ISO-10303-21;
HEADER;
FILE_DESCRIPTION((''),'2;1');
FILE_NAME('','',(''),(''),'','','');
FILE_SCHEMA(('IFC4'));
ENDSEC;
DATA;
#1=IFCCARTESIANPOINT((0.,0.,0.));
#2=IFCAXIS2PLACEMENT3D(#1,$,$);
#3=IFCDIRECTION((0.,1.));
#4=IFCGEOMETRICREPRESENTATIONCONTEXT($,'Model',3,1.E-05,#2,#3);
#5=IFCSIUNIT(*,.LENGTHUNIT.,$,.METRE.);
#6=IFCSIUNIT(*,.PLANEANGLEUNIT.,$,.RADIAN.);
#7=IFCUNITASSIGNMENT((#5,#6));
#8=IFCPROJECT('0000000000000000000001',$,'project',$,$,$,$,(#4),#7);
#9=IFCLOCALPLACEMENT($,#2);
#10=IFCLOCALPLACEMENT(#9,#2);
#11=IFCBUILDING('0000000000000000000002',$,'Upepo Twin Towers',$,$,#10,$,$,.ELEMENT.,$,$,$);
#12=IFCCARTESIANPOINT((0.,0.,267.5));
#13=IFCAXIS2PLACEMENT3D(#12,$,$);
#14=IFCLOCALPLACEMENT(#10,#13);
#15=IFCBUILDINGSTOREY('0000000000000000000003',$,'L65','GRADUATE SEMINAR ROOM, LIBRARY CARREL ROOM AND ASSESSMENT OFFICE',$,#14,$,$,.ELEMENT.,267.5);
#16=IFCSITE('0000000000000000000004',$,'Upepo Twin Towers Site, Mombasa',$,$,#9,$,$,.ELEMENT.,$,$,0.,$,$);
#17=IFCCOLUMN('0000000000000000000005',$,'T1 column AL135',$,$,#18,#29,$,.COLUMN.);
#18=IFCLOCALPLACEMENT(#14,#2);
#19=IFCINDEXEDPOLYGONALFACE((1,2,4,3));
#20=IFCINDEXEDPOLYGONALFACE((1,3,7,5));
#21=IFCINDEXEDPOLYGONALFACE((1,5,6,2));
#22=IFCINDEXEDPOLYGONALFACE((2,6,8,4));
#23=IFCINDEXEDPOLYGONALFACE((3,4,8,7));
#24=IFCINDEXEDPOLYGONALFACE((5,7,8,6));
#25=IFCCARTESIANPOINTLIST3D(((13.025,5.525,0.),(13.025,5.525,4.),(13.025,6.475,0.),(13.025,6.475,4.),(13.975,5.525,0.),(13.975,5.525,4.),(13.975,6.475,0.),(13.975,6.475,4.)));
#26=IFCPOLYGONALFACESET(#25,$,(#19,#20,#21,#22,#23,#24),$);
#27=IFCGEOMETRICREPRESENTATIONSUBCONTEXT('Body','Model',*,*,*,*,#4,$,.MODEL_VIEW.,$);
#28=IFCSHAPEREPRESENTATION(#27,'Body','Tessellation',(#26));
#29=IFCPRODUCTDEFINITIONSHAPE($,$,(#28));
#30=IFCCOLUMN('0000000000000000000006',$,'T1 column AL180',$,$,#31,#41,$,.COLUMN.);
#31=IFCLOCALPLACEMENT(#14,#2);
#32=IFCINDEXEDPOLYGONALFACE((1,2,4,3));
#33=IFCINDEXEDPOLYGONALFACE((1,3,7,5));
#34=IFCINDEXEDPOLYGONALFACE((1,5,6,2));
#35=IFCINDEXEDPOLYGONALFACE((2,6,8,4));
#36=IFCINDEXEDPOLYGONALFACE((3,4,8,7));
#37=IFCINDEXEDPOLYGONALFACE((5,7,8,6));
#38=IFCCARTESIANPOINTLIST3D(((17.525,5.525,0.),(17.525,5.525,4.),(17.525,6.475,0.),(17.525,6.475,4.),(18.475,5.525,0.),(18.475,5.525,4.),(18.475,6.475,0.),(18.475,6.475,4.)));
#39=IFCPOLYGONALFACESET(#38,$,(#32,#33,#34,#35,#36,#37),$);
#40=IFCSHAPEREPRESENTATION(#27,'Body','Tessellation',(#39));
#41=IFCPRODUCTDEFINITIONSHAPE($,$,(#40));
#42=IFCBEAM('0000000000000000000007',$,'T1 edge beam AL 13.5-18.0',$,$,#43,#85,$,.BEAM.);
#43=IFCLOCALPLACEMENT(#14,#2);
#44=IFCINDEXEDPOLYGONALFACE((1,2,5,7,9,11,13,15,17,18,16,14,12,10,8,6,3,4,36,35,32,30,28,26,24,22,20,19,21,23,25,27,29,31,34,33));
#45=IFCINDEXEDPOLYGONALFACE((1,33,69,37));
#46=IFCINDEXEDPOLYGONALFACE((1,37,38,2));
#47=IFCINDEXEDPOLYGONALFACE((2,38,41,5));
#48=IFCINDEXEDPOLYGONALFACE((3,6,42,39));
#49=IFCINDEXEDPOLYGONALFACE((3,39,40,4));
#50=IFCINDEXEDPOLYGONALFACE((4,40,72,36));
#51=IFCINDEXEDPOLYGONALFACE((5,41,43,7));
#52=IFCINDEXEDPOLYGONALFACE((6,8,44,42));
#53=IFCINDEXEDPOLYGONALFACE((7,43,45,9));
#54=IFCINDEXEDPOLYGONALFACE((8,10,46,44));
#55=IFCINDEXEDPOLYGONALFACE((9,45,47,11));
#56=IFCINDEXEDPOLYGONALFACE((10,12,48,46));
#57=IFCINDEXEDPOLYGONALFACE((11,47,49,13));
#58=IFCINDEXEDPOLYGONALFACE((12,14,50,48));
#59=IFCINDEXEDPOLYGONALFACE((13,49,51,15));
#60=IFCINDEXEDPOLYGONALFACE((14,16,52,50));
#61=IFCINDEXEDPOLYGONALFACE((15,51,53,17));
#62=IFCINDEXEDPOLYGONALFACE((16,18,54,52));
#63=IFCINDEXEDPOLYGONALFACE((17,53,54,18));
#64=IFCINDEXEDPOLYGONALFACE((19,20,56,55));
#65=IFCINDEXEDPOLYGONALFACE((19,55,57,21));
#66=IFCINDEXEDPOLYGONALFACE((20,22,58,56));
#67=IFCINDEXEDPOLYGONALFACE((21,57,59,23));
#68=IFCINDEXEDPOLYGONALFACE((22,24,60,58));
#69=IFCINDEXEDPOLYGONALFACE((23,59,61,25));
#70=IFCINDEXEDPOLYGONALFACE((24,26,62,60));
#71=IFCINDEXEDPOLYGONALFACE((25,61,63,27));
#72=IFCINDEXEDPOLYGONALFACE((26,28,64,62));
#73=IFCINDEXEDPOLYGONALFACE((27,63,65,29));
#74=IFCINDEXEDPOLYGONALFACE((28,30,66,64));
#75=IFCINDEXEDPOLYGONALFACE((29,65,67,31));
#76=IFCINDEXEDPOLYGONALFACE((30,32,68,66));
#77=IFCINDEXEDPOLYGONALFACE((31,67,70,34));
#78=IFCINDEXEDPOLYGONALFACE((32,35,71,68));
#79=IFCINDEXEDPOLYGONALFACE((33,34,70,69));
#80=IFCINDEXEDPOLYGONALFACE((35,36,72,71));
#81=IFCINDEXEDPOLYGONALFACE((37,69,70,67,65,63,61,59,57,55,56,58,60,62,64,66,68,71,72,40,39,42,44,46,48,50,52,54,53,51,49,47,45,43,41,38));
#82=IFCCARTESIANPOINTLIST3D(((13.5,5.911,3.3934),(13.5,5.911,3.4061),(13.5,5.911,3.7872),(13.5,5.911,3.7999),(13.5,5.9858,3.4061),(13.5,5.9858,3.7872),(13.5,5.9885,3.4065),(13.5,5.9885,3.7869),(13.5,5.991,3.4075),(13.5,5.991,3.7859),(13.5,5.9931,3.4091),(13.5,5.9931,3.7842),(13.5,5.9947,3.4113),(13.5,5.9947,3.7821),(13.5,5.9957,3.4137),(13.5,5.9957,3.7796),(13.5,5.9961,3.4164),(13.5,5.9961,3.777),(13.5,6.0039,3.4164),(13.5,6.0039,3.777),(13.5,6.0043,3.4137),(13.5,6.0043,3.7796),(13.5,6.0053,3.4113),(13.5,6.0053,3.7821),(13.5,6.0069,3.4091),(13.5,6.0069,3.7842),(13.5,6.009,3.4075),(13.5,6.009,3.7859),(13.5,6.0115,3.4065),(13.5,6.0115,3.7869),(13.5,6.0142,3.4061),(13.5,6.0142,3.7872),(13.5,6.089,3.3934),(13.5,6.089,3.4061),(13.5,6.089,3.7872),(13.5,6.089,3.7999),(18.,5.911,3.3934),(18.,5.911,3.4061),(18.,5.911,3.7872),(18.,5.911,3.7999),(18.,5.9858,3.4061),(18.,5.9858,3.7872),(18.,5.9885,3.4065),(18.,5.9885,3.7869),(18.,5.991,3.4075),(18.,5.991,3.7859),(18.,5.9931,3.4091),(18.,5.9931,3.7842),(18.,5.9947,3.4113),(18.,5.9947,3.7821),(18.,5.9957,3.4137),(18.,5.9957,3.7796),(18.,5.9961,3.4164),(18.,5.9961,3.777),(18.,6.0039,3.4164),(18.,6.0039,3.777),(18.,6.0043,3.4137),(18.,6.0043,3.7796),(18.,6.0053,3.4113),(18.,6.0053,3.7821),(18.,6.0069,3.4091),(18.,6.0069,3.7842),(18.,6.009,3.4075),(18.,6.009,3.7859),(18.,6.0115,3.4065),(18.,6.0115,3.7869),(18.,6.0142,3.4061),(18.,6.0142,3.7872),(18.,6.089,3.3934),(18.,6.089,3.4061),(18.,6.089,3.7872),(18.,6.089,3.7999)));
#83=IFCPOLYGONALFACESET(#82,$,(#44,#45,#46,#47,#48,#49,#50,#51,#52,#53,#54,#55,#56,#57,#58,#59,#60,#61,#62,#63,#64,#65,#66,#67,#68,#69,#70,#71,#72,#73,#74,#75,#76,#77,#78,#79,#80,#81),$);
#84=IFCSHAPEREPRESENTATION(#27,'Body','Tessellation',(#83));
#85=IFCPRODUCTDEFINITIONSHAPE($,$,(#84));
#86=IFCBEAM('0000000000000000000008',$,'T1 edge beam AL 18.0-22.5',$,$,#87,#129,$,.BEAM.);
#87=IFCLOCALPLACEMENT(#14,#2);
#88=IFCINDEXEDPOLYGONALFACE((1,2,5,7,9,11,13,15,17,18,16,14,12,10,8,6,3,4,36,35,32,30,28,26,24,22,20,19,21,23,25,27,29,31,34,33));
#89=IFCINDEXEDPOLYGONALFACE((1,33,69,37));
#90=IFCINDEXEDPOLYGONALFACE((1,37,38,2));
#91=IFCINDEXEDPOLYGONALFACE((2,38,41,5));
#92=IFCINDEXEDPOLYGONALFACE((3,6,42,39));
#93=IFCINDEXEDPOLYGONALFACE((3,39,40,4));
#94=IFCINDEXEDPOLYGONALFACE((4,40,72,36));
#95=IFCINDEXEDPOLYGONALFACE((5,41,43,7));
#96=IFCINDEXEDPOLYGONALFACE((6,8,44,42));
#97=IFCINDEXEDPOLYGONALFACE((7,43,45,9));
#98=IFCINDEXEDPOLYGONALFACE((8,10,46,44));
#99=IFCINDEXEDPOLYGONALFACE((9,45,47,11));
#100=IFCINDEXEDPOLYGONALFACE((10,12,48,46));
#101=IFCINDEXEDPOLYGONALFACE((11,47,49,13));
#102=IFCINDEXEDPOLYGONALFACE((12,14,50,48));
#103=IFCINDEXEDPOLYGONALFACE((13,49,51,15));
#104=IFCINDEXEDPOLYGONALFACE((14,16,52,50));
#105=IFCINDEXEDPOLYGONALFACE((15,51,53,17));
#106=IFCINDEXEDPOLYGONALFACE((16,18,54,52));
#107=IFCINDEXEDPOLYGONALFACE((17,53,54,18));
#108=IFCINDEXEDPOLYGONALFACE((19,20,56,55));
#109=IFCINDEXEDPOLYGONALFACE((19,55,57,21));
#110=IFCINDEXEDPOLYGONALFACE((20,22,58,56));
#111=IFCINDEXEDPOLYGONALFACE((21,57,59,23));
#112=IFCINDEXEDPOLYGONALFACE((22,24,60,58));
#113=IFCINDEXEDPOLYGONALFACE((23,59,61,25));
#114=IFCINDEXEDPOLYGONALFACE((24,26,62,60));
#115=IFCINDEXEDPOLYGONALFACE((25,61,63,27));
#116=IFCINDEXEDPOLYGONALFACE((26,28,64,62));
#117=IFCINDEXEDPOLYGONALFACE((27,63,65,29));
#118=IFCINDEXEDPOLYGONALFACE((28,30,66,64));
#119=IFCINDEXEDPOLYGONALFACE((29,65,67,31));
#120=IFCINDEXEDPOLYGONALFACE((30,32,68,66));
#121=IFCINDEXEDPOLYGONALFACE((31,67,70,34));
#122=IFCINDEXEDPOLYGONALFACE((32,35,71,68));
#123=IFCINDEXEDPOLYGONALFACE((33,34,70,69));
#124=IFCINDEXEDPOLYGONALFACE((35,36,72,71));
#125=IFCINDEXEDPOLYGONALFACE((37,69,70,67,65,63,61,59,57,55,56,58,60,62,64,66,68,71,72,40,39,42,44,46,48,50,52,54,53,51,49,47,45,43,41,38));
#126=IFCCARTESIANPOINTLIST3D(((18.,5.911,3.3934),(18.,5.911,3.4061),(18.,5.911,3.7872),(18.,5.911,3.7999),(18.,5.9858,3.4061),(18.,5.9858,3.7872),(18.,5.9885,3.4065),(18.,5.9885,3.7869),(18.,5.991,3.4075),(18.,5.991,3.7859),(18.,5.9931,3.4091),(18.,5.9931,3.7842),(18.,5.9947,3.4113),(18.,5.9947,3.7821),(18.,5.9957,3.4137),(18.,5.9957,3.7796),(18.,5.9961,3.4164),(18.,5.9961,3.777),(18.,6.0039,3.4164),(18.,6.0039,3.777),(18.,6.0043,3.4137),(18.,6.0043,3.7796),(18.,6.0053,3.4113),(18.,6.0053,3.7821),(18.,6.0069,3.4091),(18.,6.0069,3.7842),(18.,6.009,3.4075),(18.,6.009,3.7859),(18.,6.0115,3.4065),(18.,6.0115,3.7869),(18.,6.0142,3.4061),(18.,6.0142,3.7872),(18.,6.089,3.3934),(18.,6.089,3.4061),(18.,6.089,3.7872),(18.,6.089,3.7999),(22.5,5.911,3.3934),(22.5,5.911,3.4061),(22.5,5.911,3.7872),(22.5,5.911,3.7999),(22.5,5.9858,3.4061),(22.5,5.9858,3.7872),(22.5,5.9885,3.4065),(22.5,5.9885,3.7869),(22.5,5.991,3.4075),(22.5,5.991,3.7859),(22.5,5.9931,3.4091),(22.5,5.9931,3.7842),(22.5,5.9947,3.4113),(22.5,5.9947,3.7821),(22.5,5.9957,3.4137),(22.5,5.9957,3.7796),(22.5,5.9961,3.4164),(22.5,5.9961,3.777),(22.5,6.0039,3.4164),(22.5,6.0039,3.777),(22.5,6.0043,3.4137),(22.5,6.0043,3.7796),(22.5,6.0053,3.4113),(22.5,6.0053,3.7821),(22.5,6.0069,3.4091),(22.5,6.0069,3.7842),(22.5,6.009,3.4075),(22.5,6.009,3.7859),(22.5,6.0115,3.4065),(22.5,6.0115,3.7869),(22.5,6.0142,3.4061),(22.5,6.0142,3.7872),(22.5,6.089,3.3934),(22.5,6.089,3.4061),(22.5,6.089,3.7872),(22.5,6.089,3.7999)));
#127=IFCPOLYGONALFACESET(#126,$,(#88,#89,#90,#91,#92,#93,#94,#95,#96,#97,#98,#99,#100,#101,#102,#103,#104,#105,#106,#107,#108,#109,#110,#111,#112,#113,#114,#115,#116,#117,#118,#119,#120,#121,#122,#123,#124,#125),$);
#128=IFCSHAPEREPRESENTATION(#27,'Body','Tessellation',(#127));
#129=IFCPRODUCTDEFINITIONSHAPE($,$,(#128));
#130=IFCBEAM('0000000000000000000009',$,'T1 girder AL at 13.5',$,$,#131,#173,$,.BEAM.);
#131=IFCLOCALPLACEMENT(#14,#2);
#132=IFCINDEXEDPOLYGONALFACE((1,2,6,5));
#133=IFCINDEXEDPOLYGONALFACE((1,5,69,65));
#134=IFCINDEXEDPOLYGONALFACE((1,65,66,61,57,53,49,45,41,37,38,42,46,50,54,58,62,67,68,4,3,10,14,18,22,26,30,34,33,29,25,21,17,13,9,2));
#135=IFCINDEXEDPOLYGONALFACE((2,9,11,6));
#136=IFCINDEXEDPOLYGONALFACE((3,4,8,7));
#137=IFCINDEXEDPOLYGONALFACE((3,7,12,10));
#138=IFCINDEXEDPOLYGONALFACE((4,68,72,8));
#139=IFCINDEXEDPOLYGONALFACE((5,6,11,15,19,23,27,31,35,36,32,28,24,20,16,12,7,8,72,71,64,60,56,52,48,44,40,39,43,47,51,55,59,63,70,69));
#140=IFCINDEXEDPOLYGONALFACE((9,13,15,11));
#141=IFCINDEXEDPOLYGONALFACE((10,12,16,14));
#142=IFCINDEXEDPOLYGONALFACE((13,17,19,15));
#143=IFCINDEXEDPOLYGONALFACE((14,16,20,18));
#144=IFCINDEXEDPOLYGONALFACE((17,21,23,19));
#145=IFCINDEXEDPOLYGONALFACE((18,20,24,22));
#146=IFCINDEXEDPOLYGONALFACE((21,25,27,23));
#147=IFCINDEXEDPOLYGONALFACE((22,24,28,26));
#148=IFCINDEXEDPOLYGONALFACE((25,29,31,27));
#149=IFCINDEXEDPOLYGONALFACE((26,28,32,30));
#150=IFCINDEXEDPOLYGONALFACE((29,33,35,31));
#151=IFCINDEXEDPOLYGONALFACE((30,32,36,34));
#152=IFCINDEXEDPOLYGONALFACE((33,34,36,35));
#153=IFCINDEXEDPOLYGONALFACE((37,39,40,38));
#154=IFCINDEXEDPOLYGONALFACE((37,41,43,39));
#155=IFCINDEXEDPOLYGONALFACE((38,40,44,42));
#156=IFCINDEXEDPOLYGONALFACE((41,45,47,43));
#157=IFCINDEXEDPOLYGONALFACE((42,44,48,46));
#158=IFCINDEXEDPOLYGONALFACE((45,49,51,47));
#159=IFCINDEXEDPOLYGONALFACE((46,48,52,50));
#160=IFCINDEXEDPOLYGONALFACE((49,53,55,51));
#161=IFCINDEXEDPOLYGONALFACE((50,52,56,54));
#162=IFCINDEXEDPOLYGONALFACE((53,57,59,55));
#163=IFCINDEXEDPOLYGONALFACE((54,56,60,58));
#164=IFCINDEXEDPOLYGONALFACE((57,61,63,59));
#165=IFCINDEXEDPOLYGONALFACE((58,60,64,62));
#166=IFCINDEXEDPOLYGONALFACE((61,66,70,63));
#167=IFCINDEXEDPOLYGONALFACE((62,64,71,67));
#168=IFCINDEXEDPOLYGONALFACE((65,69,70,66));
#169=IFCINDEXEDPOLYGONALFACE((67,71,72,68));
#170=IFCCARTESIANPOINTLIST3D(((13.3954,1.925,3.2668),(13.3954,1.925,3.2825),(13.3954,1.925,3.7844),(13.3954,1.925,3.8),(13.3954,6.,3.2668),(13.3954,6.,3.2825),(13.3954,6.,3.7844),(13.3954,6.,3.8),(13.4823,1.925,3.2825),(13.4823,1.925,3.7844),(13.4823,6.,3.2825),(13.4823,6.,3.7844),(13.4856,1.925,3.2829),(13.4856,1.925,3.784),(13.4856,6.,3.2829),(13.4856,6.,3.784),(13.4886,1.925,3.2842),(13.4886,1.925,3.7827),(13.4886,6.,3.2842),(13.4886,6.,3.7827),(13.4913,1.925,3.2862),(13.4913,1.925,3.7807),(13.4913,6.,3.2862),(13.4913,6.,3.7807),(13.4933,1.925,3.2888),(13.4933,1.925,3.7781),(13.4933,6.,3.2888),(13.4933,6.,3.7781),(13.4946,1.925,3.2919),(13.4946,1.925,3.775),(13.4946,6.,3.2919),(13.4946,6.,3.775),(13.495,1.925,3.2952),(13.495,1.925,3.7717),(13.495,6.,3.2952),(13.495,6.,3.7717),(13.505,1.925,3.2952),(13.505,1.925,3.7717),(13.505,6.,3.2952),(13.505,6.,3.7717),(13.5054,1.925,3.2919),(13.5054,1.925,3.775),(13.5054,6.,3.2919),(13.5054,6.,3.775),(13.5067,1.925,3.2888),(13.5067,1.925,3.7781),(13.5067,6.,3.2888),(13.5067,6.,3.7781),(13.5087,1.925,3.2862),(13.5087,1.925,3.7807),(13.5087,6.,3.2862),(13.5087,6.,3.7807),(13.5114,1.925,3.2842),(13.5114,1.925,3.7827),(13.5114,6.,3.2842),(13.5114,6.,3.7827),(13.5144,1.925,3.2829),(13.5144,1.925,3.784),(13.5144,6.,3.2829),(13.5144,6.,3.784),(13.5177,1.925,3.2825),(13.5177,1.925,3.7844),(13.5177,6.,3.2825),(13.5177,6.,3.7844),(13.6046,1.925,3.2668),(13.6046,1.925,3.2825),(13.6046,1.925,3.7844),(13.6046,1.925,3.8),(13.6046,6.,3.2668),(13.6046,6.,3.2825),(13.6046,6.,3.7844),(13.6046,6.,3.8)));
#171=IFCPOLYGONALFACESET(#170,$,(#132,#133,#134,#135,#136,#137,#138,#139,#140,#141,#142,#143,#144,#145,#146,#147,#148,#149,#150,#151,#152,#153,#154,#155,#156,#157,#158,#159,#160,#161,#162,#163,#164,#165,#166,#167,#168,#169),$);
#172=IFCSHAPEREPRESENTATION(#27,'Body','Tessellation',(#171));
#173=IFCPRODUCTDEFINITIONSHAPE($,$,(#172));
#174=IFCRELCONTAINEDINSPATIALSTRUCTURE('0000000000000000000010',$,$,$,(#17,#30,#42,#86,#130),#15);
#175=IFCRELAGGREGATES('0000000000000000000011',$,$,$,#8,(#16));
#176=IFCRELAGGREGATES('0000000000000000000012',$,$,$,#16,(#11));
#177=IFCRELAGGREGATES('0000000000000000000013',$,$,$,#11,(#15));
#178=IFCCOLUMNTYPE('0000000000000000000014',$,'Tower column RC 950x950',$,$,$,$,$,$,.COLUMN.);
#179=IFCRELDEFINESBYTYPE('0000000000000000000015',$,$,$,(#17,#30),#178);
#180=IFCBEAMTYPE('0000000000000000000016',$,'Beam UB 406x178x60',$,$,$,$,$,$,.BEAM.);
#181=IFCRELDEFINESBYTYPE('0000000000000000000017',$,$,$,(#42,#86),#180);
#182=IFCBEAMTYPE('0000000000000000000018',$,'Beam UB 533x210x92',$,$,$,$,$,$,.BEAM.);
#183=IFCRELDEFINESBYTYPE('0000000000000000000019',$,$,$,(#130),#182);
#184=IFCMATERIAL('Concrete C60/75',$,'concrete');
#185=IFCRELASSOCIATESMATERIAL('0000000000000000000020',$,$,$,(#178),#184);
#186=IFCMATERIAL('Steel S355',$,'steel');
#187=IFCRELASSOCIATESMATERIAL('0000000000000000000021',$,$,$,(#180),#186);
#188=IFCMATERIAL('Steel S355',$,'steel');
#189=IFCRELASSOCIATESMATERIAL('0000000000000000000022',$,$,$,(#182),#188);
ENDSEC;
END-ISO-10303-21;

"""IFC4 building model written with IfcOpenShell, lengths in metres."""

from ifc_helpers import new_model, si_unit, direction, frame, origin, origin_2d, place, context, subcontext, project, spatial, rectangle, i_section, extrude, material, material_profile, profile_set, type_object, element, save


model = new_model("IFC4")

# Units and contexts
model_context = context("Model", 3, precision=1e-05, world=origin(), true_north=direction((0.0, 1.0)))
body_context = subcontext(model_context, "Body", "Model", "MODEL_VIEW")
ifc_project = project(units=[si_unit("LENGTHUNIT", "METRE"), si_unit("PLANEANGLEUNIT", "RADIAN")], contexts=[model_context])

# Site, building, storey
site_placement = place(None, origin())
site = spatial("IfcSite", under=ifc_project, at=site_placement, Name="Upepo Twin Towers Site, Mombasa", CompositionType="ELEMENT", RefElevation=0.0)
building_placement = place(site_placement, origin())
building = spatial("IfcBuilding", under=site, at=building_placement, Name="Upepo Twin Towers", CompositionType="ELEMENT")
storey_placement = place(building_placement, frame((0.0, 0.0, 267.5)))
storey = spatial("IfcBuildingStorey", under=building, at=storey_placement, Name="L65", Description="GRADUATE SEMINAR ROOM, LIBRARY CARREL ROOM AND ASSESSMENT OFFICE", CompositionType="ELEMENT", Elevation=267.5)

# Columns
ifc_material_1 = material(Name="Concrete C60/75", Category="concrete")
ifc_material_profile_1 = material_profile(ifc_material_1, rectangle(XDim=0.95, YDim=0.95, at=origin_2d()), Name="RC 950x950")
ifc_profile_set_1 = profile_set([ifc_material_profile_1], Name="Concrete C60/75")
column_type = type_object("IfcColumnType", Name="Tower column RC 950x950", PredefinedType="COLUMN", material=ifc_profile_set_1)
for number, where, z_axis, x_axis, name in (
    (1, (13.5, 6.0, 0.0), (0.0, 0.0, 1.0), (1.0, 0.0, 0.0), "T1 column AL135"),
    (2, (18.0, 6.0, 0.0), (0.0, 0.0, 1.0), (1.0, 0.0, 0.0), "T1 column AL180"),
):
    element("IfcColumn", number, at=place(storey_placement, frame(where, z_axis=z_axis, x_axis=x_axis)), inside=storey, type_object=column_type, Name=name, PredefinedType="COLUMN", context=body_context, shape_type="SweptSolid", body=[
        extrude(rectangle(XDim=0.95, YDim=0.95, at=origin_2d()), origin(), (0.0, 0.0, 1.0), 4.0),
    ])

# Beams
ifc_material_2 = material(Name="Steel S355", Category="steel")
ifc_material_profile_2 = material_profile(ifc_material_2, i_section(OverallWidth=0.178, OverallDepth=0.4065, WebThickness=0.0078, FlangeThickness=0.0127, FilletRadius=0.0103, at=origin_2d()), Name="UB 406x178x60")
ifc_profile_set_2 = profile_set([ifc_material_profile_2], Name="Steel S355")
beam_type_1 = type_object("IfcBeamType", Name="Beam UB 406x178x60", PredefinedType="BEAM", material=ifc_profile_set_2)
for number, where, z_axis, x_axis, name in (
    (3, (13.5, 6.0, 3.5967), (1.0, 0.0, 0.0), (0.0, 1.0, 0.0), "T1 edge beam AL 13.5-18.0"),
    (4, (18.0, 6.0, 3.5967), (1.0, 0.0, 0.0), (0.0, 1.0, 0.0), "T1 edge beam AL 18.0-22.5"),
):
    element("IfcBeam", number, at=place(storey_placement, frame(where, z_axis=z_axis, x_axis=x_axis)), inside=storey, type_object=beam_type_1, Name=name, PredefinedType="BEAM", context=body_context, shape_type="SweptSolid", body=[
        extrude(i_section(OverallWidth=0.178, OverallDepth=0.4065, WebThickness=0.0078, FlangeThickness=0.0127, FilletRadius=0.0103, at=origin_2d()), origin(), (0.0, 0.0, 1.0), 4.5),
    ])
ifc_material_3 = material(Name="Steel S355", Category="steel")
ifc_material_profile_3 = material_profile(ifc_material_3, i_section(OverallWidth=0.2092, OverallDepth=0.5332, WebThickness=0.01, FlangeThickness=0.0156, FilletRadius=0.0127, at=origin_2d()), Name="UB 533x210x92")
ifc_profile_set_3 = profile_set([ifc_material_profile_3], Name="Steel S355")
beam_type_2 = type_object("IfcBeamType", Name="Beam UB 533x210x92", PredefinedType="BEAM", material=ifc_profile_set_3)
for number, where, z_axis, x_axis, name in (
    (5, (13.5, 6.0, 3.5334), (0.0, -1.0, 0.0), (1.0, 0.0, 0.0), "T1 girder AL at 13.5"),
):
    element("IfcBeam", number, at=place(storey_placement, frame(where, z_axis=z_axis, x_axis=x_axis)), inside=storey, type_object=beam_type_2, Name=name, PredefinedType="BEAM", context=body_context, shape_type="SweptSolid", body=[
        extrude(i_section(OverallWidth=0.2092, OverallDepth=0.5332, WebThickness=0.01, FlangeThickness=0.0156, FilletRadius=0.0127, at=origin_2d()), origin(), (0.0, 0.0, 1.0), 4.075),
    ])

save(model, "model.ifc")
